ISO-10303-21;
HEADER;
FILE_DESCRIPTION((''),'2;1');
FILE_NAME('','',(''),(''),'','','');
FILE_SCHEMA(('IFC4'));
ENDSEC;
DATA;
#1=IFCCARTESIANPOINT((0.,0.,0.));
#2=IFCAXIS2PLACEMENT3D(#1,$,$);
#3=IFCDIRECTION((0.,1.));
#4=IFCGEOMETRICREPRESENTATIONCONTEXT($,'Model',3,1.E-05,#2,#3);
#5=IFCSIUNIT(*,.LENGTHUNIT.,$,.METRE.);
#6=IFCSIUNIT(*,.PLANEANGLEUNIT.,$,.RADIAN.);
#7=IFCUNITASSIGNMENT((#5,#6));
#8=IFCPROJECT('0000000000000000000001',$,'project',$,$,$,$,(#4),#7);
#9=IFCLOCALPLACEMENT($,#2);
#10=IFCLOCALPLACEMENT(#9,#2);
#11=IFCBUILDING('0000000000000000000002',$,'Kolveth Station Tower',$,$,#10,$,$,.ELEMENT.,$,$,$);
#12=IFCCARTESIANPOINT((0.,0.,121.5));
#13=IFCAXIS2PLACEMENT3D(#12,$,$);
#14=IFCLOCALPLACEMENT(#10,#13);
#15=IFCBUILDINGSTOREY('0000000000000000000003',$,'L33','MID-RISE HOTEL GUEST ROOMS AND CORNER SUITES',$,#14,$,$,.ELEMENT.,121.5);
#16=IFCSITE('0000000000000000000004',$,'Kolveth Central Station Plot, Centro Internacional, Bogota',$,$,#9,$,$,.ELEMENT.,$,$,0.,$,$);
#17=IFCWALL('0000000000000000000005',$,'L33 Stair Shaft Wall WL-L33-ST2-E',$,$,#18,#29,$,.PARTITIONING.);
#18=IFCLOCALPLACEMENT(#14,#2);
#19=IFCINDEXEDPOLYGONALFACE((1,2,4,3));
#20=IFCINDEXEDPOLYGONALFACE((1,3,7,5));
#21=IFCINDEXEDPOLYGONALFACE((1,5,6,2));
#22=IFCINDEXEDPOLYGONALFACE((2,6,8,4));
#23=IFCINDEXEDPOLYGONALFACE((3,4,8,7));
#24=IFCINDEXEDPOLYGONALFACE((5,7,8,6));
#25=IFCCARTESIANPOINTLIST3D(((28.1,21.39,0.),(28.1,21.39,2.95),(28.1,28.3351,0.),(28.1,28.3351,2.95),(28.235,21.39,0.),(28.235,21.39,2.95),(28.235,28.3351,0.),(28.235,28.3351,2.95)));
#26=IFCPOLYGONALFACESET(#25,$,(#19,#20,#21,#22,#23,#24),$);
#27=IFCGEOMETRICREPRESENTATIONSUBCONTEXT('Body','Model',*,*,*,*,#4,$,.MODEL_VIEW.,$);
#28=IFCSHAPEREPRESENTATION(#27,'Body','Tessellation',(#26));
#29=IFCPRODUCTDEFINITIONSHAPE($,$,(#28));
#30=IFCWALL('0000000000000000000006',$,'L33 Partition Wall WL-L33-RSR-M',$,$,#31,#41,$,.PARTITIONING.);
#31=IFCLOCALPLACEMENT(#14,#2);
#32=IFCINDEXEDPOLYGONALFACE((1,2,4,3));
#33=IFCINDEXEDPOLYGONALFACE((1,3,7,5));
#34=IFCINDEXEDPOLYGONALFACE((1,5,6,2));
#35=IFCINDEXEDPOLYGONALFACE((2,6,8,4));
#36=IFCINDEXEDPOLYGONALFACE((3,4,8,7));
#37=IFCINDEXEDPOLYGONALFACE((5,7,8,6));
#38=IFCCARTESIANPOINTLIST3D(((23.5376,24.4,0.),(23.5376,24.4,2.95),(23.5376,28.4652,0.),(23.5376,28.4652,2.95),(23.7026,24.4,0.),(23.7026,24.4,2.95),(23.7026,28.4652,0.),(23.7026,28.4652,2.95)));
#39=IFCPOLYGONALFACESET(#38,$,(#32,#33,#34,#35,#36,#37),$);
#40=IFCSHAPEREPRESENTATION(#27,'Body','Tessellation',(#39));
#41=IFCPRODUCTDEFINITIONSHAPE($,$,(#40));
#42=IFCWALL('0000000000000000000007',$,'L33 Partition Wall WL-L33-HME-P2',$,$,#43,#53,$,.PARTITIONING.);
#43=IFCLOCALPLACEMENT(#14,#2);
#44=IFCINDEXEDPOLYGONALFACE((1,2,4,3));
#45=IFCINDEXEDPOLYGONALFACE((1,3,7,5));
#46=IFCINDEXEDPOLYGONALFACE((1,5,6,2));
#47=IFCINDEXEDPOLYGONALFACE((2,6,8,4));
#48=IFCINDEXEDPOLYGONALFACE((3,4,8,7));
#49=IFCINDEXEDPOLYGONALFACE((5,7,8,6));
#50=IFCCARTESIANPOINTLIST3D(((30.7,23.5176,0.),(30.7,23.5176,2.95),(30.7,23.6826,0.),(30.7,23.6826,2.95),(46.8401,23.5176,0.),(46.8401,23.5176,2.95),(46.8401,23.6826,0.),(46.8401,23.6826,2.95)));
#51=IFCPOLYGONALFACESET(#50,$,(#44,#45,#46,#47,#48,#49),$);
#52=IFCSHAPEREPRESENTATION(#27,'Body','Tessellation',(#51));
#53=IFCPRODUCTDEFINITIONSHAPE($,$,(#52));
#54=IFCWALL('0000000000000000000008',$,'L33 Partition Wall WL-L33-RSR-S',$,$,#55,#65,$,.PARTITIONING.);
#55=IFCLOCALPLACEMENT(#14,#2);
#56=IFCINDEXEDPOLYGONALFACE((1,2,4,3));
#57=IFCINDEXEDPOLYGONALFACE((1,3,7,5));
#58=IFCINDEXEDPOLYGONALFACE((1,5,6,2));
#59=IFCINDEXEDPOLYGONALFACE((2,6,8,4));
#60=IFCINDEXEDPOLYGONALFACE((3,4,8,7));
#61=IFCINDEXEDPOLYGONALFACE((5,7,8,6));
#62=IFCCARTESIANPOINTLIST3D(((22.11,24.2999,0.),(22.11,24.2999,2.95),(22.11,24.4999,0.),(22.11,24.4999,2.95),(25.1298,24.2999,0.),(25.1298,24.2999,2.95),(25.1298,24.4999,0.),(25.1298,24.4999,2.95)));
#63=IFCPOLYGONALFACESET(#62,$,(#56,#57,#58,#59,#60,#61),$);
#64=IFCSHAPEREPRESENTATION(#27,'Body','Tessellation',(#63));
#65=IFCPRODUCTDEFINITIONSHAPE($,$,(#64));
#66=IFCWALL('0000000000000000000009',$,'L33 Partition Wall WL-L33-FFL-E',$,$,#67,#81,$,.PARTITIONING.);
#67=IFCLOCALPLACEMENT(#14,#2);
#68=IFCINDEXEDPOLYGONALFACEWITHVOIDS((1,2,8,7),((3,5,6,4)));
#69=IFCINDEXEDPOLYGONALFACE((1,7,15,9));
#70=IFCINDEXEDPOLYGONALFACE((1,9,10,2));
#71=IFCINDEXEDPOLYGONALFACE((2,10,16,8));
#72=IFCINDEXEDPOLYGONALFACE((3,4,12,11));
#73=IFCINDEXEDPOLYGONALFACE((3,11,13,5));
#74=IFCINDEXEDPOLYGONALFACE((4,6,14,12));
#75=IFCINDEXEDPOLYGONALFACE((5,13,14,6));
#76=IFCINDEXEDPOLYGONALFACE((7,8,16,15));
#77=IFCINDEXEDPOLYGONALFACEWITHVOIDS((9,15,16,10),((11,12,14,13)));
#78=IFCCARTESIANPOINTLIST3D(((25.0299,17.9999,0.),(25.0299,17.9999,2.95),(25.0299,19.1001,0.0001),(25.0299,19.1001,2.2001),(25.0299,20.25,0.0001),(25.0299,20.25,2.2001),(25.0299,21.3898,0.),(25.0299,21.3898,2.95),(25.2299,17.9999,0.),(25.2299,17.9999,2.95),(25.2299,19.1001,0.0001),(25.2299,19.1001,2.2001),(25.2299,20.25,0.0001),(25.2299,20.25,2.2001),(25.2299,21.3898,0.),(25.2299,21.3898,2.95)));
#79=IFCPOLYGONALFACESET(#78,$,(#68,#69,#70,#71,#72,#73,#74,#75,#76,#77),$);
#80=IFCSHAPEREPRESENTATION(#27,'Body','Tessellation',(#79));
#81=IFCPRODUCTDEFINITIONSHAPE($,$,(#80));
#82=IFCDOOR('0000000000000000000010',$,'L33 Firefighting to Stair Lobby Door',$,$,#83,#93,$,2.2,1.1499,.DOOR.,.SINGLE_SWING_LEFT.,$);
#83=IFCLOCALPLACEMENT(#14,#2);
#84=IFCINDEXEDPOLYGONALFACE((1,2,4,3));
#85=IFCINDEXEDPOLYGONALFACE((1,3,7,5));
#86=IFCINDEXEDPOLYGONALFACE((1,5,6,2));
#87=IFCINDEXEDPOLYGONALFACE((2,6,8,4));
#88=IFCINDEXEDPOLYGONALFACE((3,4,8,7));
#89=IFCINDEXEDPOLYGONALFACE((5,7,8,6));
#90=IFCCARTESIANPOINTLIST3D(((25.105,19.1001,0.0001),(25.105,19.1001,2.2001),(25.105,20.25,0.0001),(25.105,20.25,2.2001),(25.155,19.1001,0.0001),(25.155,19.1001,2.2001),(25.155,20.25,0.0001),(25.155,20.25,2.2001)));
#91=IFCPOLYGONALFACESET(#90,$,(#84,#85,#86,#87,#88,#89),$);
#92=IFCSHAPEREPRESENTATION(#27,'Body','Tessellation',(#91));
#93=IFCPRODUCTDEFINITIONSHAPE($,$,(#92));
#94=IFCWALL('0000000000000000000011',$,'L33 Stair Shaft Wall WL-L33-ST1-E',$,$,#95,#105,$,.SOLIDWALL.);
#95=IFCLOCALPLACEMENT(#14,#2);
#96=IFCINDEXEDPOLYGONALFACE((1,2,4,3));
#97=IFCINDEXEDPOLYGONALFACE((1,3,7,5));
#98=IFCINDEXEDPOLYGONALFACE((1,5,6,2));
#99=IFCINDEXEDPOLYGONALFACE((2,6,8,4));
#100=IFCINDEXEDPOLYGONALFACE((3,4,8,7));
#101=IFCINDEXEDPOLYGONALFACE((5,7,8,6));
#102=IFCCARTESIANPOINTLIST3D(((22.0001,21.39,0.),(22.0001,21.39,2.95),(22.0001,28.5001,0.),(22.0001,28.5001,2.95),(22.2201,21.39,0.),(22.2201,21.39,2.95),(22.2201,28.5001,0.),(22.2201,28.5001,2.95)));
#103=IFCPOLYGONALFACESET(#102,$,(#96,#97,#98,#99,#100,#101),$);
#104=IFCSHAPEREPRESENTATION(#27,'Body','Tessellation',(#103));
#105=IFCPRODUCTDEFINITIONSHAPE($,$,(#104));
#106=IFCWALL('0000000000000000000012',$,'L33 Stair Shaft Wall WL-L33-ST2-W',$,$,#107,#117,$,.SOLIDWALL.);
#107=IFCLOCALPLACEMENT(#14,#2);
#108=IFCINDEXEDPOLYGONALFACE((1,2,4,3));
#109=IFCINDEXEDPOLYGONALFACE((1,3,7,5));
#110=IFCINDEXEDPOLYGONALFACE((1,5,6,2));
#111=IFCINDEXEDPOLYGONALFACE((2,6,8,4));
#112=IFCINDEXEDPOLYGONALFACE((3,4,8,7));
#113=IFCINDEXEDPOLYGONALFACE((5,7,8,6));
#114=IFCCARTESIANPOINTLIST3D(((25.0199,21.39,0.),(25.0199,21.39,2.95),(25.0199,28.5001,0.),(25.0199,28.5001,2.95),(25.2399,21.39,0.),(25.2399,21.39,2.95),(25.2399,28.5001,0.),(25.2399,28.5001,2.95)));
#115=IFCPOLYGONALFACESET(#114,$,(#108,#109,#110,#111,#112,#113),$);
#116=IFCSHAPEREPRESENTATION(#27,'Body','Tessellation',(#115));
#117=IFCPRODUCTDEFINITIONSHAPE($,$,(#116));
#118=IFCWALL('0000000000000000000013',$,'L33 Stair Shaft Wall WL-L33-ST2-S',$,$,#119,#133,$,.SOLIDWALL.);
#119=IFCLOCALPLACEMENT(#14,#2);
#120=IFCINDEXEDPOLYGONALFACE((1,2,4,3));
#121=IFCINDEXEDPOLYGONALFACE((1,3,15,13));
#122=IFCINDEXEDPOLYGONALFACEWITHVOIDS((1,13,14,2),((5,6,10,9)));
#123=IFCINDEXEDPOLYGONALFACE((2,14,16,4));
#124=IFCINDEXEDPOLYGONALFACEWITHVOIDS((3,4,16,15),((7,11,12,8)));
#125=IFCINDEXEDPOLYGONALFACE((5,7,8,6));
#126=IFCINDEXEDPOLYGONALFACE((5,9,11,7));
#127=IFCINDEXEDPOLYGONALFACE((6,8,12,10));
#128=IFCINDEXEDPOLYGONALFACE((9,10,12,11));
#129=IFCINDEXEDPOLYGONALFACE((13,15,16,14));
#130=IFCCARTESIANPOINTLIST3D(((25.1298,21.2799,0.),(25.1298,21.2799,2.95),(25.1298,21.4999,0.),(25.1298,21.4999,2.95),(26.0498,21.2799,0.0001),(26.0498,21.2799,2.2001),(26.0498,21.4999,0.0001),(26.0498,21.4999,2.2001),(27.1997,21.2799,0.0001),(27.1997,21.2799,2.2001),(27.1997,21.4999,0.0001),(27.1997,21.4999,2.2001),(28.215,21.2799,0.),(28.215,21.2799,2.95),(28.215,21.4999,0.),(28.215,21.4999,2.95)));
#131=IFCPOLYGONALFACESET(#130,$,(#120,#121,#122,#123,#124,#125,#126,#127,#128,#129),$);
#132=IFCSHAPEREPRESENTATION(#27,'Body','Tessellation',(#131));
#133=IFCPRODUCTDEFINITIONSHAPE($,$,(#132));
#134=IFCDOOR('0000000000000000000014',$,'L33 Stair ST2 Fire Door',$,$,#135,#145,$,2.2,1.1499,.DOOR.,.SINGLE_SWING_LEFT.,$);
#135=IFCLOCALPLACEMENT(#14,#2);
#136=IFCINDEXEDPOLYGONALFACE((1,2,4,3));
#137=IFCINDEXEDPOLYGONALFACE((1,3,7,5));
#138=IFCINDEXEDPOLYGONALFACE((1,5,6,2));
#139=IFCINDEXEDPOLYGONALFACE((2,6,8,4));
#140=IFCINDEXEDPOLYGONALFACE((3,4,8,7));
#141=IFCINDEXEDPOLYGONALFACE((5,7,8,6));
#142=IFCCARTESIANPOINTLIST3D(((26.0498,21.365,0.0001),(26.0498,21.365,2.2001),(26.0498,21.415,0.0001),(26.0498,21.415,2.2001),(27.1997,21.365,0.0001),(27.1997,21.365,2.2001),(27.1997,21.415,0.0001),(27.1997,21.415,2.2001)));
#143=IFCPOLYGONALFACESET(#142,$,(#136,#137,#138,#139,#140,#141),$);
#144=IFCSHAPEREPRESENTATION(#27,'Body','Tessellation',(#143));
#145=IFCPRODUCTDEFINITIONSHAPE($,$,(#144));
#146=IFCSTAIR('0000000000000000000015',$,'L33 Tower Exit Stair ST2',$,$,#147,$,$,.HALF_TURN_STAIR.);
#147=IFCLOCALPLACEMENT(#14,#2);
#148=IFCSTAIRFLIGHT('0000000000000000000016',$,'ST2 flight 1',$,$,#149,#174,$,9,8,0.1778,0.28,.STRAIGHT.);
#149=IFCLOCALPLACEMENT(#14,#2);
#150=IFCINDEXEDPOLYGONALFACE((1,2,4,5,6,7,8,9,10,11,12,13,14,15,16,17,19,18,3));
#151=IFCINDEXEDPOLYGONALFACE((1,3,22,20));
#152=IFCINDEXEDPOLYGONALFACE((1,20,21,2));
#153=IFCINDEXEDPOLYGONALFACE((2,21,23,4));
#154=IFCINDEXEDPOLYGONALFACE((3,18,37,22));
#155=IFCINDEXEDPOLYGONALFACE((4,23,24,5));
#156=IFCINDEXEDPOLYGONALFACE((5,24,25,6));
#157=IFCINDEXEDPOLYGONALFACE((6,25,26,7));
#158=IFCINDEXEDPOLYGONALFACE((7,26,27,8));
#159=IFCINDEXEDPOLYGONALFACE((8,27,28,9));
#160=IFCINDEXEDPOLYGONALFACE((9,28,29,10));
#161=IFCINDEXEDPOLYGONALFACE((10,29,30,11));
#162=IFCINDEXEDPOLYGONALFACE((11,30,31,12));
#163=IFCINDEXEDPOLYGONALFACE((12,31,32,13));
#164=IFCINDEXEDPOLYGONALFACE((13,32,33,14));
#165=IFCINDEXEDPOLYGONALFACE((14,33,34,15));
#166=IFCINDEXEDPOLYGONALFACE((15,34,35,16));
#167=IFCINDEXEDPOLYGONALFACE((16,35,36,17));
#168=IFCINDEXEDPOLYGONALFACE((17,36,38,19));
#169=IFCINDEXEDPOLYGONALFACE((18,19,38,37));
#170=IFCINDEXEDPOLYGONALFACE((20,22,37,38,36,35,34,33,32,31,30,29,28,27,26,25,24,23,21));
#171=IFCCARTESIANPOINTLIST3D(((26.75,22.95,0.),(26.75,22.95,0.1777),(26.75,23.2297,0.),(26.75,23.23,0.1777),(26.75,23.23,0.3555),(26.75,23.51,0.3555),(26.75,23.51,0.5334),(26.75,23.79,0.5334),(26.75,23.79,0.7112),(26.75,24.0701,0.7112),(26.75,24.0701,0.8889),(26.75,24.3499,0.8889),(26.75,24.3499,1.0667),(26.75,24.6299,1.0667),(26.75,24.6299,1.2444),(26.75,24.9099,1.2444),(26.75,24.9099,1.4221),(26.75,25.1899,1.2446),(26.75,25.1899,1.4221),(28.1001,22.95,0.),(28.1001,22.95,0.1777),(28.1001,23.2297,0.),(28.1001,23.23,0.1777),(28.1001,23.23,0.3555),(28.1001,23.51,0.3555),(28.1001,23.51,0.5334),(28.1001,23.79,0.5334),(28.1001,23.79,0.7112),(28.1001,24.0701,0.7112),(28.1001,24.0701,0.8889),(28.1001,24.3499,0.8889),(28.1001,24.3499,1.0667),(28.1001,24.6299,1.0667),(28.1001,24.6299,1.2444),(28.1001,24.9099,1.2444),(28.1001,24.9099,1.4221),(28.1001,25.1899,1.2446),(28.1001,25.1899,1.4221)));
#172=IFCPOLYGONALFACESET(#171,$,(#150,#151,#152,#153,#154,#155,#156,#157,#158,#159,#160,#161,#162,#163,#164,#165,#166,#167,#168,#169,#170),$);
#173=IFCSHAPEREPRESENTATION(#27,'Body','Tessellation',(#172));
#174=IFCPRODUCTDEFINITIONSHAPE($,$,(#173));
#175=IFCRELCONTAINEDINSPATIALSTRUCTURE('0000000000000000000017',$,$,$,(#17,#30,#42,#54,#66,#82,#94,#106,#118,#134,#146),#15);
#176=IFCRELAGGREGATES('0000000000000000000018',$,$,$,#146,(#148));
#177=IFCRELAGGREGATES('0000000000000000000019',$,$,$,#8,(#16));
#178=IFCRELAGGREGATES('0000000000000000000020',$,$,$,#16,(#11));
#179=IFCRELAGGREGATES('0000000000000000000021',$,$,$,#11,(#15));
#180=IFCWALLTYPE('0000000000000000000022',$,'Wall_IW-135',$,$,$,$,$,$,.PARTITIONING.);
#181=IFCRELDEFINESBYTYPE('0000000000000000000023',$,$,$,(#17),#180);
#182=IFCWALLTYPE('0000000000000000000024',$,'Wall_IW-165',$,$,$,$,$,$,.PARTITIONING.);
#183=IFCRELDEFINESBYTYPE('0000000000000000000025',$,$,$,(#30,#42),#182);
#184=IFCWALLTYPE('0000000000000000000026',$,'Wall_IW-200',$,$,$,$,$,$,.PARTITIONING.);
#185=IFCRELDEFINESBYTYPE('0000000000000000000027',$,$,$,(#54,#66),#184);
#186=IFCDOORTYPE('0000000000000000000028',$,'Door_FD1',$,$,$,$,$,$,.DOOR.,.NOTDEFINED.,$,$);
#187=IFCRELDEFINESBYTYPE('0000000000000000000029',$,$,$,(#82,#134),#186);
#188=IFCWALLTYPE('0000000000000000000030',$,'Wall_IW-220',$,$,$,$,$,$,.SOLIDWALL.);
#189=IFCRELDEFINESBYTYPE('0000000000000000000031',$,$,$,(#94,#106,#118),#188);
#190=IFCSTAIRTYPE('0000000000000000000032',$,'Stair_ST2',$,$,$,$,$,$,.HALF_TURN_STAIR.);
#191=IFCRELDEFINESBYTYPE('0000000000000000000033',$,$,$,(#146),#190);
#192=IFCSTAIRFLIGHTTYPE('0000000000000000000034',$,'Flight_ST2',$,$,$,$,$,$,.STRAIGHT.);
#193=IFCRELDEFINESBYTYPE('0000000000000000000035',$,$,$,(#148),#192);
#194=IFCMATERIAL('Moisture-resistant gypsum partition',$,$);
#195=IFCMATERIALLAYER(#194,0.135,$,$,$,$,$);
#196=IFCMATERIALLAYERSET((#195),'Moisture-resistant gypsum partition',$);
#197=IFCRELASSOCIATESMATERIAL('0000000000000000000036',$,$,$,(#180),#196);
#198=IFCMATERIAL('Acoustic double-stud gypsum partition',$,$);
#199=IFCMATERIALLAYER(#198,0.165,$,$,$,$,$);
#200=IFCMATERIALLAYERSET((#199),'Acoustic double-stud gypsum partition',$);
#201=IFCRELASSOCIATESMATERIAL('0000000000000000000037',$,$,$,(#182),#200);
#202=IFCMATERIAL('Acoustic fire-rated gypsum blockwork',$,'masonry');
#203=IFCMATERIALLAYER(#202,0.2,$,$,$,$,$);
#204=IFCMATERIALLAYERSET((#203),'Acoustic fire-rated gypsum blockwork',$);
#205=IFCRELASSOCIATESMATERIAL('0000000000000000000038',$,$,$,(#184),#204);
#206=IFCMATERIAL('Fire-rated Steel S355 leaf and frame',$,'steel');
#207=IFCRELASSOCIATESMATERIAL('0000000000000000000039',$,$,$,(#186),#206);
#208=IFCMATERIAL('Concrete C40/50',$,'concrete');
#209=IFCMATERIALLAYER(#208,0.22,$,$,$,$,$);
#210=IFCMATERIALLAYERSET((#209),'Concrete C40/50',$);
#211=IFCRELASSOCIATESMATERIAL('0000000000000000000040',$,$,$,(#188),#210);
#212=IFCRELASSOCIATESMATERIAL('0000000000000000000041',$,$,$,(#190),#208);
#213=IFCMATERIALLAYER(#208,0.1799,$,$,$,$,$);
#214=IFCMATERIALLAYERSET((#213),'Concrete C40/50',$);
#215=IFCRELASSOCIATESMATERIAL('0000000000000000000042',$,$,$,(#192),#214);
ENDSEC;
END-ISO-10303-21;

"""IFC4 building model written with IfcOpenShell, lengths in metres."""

from ifc_helpers import new_model, si_unit, direction, frame, frame_2d, origin, place, context, subcontext, project, spatial, polyline, rectangle, outline, extrude, material, layer, layer_set, type_object, element, fill, aggregate, save


model = new_model("IFC4")

# Units and contexts
model_context = context("Model", 3, precision=1e-05, world=origin(), true_north=direction((0.0, 1.0)))
body_context = subcontext(model_context, "Body", "Model", "MODEL_VIEW")
ifc_project = project(units=[si_unit("LENGTHUNIT", "METRE"), si_unit("PLANEANGLEUNIT", "RADIAN")], contexts=[model_context])

# Site, building, storey
site_placement = place(None, origin())
site = spatial("IfcSite", under=ifc_project, at=site_placement, Name="Kolveth Central Station Plot, Centro Internacional, Bogota", CompositionType="ELEMENT", RefElevation=0.0)
building_placement = place(site_placement, origin())
building = spatial("IfcBuilding", under=site, at=building_placement, Name="Kolveth Station Tower", CompositionType="ELEMENT")
storey_placement = place(building_placement, frame((0.0, 0.0, 121.5)))
storey = spatial("IfcBuildingStorey", under=building, at=storey_placement, Name="L33", Description="MID-RISE HOTEL GUEST ROOMS AND CORNER SUITES", CompositionType="ELEMENT", Elevation=121.5)

# Walls
ifc_material_1 = material(Name="Moisture-resistant gypsum partition")
ifc_layer_1 = layer(ifc_material_1, 0.135)
ifc_layer_set_1 = layer_set([ifc_layer_1], Name="Moisture-resistant gypsum partition")
wall_type_1 = type_object("IfcWallType", Name="Wall_IW-135", PredefinedType="PARTITIONING", material=ifc_layer_set_1)
wall_1_placement = place(storey_placement, frame((28.1675, 21.3899, 0.0), z_axis=(0.0, 0.0, 1.0), x_axis=(0.0, 1.0, 0.0)))
element("IfcWall", 1, at=wall_1_placement, inside=storey, type_object=wall_type_1, Name="L33 Stair Shaft Wall WL-L33-ST2-E", PredefinedType="PARTITIONING", context=body_context, shape_type="SweptSolid", body=[
    extrude(rectangle(XDim=6.9451, YDim=0.135, at=frame_2d((3.4727, 0.0))), origin(), (0.0, 0.0, 1.0), 2.95),
])
ifc_material_2 = material(Name="Acoustic double-stud gypsum partition")
ifc_layer_2 = layer(ifc_material_2, 0.165)
ifc_layer_set_2 = layer_set([ifc_layer_2], Name="Acoustic double-stud gypsum partition")
wall_type_2 = type_object("IfcWallType", Name="Wall_IW-165", PredefinedType="PARTITIONING", material=ifc_layer_set_2)
wall_2_placement = place(storey_placement, frame((23.6201, 24.3999, 0.0), z_axis=(0.0, 0.0, 1.0), x_axis=(0.0, 1.0, 0.0)))
element("IfcWall", 2, at=wall_2_placement, inside=storey, type_object=wall_type_2, Name="L33 Partition Wall WL-L33-RSR-M", PredefinedType="PARTITIONING", context=body_context, shape_type="SweptSolid", body=[
    extrude(rectangle(XDim=4.0652, YDim=0.165, at=frame_2d((2.0327, 0.0))), origin(), (0.0, 0.0, 1.0), 2.95),
])
wall_3_placement = place(storey_placement, frame((30.7, 23.6001, 0.0), z_axis=(0.0, 0.0, 1.0), x_axis=(1.0, 0.0, 0.0)))
element("IfcWall", 3, at=wall_3_placement, inside=storey, type_object=wall_type_2, Name="L33 Partition Wall WL-L33-HME-P2", PredefinedType="PARTITIONING", context=body_context, shape_type="SweptSolid", body=[
    extrude(rectangle(XDim=16.1401, YDim=0.165, at=frame_2d((8.0701, 0.0))), origin(), (0.0, 0.0, 1.0), 2.95),
])
ifc_material_3 = material(Name="Acoustic fire-rated gypsum blockwork", Category="masonry")
ifc_layer_3 = layer(ifc_material_3, 0.2)
ifc_layer_set_3 = layer_set([ifc_layer_3], Name="Acoustic fire-rated gypsum blockwork")
wall_type_3 = type_object("IfcWallType", Name="Wall_IW-200", PredefinedType="PARTITIONING", material=ifc_layer_set_3)
wall_4_placement = place(storey_placement, frame((22.1101, 24.3999, 0.0), z_axis=(0.0, 0.0, 1.0), x_axis=(1.0, 0.0, 0.0)))
element("IfcWall", 4, at=wall_4_placement, inside=storey, type_object=wall_type_3, Name="L33 Partition Wall WL-L33-RSR-S", PredefinedType="PARTITIONING", context=body_context, shape_type="SweptSolid", body=[
    extrude(rectangle(XDim=3.0198, YDim=0.2, at=frame_2d((1.5098, 0.0))), origin(), (0.0, 0.0, 1.0), 2.95),
])

# Wall, opening, door
wall_5_placement = place(storey_placement, frame((25.1299, 18.0, 0.0), z_axis=(0.0, 0.0, 1.0), x_axis=(0.0, 1.0, 0.0)))
wall_5 = element("IfcWall", 5, at=wall_5_placement, inside=storey, type_object=wall_type_3, Name="L33 Partition Wall WL-L33-FFL-E", PredefinedType="PARTITIONING", context=body_context, shape_type="SweptSolid", body=[
    extrude(rectangle(XDim=3.3899, YDim=0.2, at=frame_2d((1.6948, 0.0))), origin(), (0.0, 0.0, 1.0), 2.95),
])
opening_1_placement = place(wall_5_placement, frame((1.1001, 0.0, 0.0)))
opening_1 = element("IfcOpeningElement", 6, at=opening_1_placement, cuts=wall_5, PredefinedType="OPENING", context=body_context, shape_type="SweptSolid", body=[
    extrude(rectangle(XDim=1.1499, YDim=2.2, at=frame_2d((0.575, 1.1001))), frame((0.0, 0.1099, 0.0), z_axis=(0.0, -1.0, 0.0), x_axis=(1.0, 0.0, 0.0)), (0.0, 0.0, 1.0), 0.22),
])
ifc_material_4 = material(Name="Fire-rated Steel S355 leaf and frame", Category="steel")
door_type = type_object("IfcDoorType", Name="Door_FD1", OperationType="NOTDEFINED", PredefinedType="DOOR", material=ifc_material_4)
door_1_placement = place(opening_1_placement, origin())
door_1 = element("IfcDoor", 7, at=door_1_placement, inside=storey, type_object=door_type, Name="L33 Firefighting to Stair Lobby Door", OperationType="SINGLE_SWING_LEFT", OverallHeight=2.2, OverallWidth=1.1499, PredefinedType="DOOR", context=body_context, shape_type="SweptSolid", body=[
    extrude(rectangle(XDim=1.1499, YDim=2.2, at=frame_2d((0.575, 1.1001))), frame((0.0, 0.0249, 0.0), z_axis=(0.0, -1.0, 0.0), x_axis=(1.0, 0.0, 0.0)), (0.0, 0.0, 1.0), 0.05),
])
fill(opening_1, door_1)

# Walls
ifc_material_5 = material(Name="Concrete C40/50", Category="concrete")
ifc_layer_4 = layer(ifc_material_5, 0.22)
ifc_layer_set_4 = layer_set([ifc_layer_4], Name="Concrete C40/50")
wall_type_4 = type_object("IfcWallType", Name="Wall_IW-220", PredefinedType="SOLIDWALL", material=ifc_layer_set_4)
for number, where, z_axis, x_axis, name in (
    (8, (22.1101, 21.3899, 0.0), (0.0, 0.0, 1.0), (0.0, 1.0, 0.0), "L33 Stair Shaft Wall WL-L33-ST1-E"),
    (9, (25.1299, 21.3899, 0.0), (0.0, 0.0, 1.0), (0.0, 1.0, 0.0), "L33 Stair Shaft Wall WL-L33-ST2-W"),
):
    element("IfcWall", number, at=place(storey_placement, frame(where, z_axis=z_axis, x_axis=x_axis)), inside=storey, type_object=wall_type_4, Name=name, PredefinedType="SOLIDWALL", context=body_context, shape_type="SweptSolid", body=[
        extrude(rectangle(XDim=7.1101, YDim=0.22, at=frame_2d((3.5552, 0.0))), origin(), (0.0, 0.0, 1.0), 2.95),
    ])

# Wall, opening, door
wall_6_placement = place(storey_placement, frame((25.1299, 21.3899, 0.0), z_axis=(0.0, 0.0, 1.0), x_axis=(1.0, 0.0, 0.0)))
wall_6 = element("IfcWall", 10, at=wall_6_placement, inside=storey, type_object=wall_type_4, Name="L33 Stair Shaft Wall WL-L33-ST2-S", PredefinedType="SOLIDWALL", context=body_context, shape_type="SweptSolid", body=[
    extrude(rectangle(XDim=3.0852, YDim=0.22, at=frame_2d((1.5425, 0.0))), origin(), (0.0, 0.0, 1.0), 2.95),
])
opening_2_placement = place(wall_6_placement, frame((0.9199, 0.0, 0.0)))
opening_2 = element("IfcOpeningElement", 11, at=opening_2_placement, cuts=wall_6, PredefinedType="OPENING", context=body_context, shape_type="SweptSolid", body=[
    extrude(rectangle(XDim=1.1499, YDim=2.2, at=frame_2d((0.575, 1.1001))), frame((0.0, 0.1199, 0.0), z_axis=(0.0, -1.0, 0.0), x_axis=(1.0, 0.0, 0.0)), (0.0, 0.0, 1.0), 0.24),
])
door_2_placement = place(opening_2_placement, frame((1.1499, 0.0, 0.0), z_axis=(0.0, 0.0, 1.0), x_axis=(-1.0, 0.0, 0.0)))
door_2 = element("IfcDoor", 12, at=door_2_placement, inside=storey, type_object=door_type, Name="L33 Stair ST2 Fire Door", OperationType="SINGLE_SWING_LEFT", OverallHeight=2.2, OverallWidth=1.1499, PredefinedType="DOOR", context=body_context, shape_type="SweptSolid", body=[
    extrude(rectangle(XDim=1.1499, YDim=2.2, at=frame_2d((0.575, 1.1001))), frame((0.0, 0.0249, 0.0), z_axis=(0.0, -1.0, 0.0), x_axis=(1.0, 0.0, 0.0)), (0.0, 0.0, 1.0), 0.05),
])
fill(opening_2, door_2)

# Stair, stair flight
stair_type = type_object("IfcStairType", Name="Stair_ST2", PredefinedType="HALF_TURN_STAIR", material=ifc_material_5)
stair_placement = place(storey_placement, origin())
stair = element("IfcStair", 13, at=stair_placement, inside=storey, type_object=stair_type, Name="L33 Tower Exit Stair ST2", PredefinedType="HALF_TURN_STAIR")
ifc_layer_5 = layer(ifc_material_5, 0.1799)
ifc_layer_set_5 = layer_set([ifc_layer_5], Name="Concrete C40/50")
stair_flight_type = type_object("IfcStairFlightType", Name="Flight_ST2", PredefinedType="STRAIGHT", material=ifc_layer_set_5)
stair_flight_1_placement = place(storey_placement, frame((27.425, 22.95, 0.0), z_axis=(0.0, 0.0, 1.0), x_axis=(0.0, 1.0, 0.0)))
stair_flight_1 = element("IfcStairFlight", 14, at=stair_flight_1_placement, type_object=stair_flight_type, Name="ST2 flight 1", NumberOfRisers=9, NumberOfTreads=8, PredefinedType="STRAIGHT", RiserHeight=0.1778, TreadLength=0.28, context=body_context, shape_type="SweptSolid", body=[
    extrude(outline(polyline([(0.0, 0.0), (0.0, 0.1777), (0.28, 0.1777), (0.28, 0.3555), (0.5601, 0.3555), (0.5601, 0.5334), (0.8401, 0.5334), (0.8401, 0.7112), (1.1201, 0.7112), (1.1201, 0.8889), (1.3999, 0.8889), (1.3999, 1.0667), (1.6799, 1.0667), (1.6799, 1.2444), (1.96, 1.2444), (1.96, 1.4221), (2.24, 1.4221), (2.24, 1.6001), (2.24, 1.2446), (0.2798, 0.0), (0.0, 0.0)])), frame((0.0, 0.675, 0.0), z_axis=(0.0, -1.0, 0.0), x_axis=(1.0, 0.0, 0.0)), (0.0, 0.0, 1.0), 1.3501),
])
aggregate(stair, [stair_flight_1])

save(model, "model.ifc")
